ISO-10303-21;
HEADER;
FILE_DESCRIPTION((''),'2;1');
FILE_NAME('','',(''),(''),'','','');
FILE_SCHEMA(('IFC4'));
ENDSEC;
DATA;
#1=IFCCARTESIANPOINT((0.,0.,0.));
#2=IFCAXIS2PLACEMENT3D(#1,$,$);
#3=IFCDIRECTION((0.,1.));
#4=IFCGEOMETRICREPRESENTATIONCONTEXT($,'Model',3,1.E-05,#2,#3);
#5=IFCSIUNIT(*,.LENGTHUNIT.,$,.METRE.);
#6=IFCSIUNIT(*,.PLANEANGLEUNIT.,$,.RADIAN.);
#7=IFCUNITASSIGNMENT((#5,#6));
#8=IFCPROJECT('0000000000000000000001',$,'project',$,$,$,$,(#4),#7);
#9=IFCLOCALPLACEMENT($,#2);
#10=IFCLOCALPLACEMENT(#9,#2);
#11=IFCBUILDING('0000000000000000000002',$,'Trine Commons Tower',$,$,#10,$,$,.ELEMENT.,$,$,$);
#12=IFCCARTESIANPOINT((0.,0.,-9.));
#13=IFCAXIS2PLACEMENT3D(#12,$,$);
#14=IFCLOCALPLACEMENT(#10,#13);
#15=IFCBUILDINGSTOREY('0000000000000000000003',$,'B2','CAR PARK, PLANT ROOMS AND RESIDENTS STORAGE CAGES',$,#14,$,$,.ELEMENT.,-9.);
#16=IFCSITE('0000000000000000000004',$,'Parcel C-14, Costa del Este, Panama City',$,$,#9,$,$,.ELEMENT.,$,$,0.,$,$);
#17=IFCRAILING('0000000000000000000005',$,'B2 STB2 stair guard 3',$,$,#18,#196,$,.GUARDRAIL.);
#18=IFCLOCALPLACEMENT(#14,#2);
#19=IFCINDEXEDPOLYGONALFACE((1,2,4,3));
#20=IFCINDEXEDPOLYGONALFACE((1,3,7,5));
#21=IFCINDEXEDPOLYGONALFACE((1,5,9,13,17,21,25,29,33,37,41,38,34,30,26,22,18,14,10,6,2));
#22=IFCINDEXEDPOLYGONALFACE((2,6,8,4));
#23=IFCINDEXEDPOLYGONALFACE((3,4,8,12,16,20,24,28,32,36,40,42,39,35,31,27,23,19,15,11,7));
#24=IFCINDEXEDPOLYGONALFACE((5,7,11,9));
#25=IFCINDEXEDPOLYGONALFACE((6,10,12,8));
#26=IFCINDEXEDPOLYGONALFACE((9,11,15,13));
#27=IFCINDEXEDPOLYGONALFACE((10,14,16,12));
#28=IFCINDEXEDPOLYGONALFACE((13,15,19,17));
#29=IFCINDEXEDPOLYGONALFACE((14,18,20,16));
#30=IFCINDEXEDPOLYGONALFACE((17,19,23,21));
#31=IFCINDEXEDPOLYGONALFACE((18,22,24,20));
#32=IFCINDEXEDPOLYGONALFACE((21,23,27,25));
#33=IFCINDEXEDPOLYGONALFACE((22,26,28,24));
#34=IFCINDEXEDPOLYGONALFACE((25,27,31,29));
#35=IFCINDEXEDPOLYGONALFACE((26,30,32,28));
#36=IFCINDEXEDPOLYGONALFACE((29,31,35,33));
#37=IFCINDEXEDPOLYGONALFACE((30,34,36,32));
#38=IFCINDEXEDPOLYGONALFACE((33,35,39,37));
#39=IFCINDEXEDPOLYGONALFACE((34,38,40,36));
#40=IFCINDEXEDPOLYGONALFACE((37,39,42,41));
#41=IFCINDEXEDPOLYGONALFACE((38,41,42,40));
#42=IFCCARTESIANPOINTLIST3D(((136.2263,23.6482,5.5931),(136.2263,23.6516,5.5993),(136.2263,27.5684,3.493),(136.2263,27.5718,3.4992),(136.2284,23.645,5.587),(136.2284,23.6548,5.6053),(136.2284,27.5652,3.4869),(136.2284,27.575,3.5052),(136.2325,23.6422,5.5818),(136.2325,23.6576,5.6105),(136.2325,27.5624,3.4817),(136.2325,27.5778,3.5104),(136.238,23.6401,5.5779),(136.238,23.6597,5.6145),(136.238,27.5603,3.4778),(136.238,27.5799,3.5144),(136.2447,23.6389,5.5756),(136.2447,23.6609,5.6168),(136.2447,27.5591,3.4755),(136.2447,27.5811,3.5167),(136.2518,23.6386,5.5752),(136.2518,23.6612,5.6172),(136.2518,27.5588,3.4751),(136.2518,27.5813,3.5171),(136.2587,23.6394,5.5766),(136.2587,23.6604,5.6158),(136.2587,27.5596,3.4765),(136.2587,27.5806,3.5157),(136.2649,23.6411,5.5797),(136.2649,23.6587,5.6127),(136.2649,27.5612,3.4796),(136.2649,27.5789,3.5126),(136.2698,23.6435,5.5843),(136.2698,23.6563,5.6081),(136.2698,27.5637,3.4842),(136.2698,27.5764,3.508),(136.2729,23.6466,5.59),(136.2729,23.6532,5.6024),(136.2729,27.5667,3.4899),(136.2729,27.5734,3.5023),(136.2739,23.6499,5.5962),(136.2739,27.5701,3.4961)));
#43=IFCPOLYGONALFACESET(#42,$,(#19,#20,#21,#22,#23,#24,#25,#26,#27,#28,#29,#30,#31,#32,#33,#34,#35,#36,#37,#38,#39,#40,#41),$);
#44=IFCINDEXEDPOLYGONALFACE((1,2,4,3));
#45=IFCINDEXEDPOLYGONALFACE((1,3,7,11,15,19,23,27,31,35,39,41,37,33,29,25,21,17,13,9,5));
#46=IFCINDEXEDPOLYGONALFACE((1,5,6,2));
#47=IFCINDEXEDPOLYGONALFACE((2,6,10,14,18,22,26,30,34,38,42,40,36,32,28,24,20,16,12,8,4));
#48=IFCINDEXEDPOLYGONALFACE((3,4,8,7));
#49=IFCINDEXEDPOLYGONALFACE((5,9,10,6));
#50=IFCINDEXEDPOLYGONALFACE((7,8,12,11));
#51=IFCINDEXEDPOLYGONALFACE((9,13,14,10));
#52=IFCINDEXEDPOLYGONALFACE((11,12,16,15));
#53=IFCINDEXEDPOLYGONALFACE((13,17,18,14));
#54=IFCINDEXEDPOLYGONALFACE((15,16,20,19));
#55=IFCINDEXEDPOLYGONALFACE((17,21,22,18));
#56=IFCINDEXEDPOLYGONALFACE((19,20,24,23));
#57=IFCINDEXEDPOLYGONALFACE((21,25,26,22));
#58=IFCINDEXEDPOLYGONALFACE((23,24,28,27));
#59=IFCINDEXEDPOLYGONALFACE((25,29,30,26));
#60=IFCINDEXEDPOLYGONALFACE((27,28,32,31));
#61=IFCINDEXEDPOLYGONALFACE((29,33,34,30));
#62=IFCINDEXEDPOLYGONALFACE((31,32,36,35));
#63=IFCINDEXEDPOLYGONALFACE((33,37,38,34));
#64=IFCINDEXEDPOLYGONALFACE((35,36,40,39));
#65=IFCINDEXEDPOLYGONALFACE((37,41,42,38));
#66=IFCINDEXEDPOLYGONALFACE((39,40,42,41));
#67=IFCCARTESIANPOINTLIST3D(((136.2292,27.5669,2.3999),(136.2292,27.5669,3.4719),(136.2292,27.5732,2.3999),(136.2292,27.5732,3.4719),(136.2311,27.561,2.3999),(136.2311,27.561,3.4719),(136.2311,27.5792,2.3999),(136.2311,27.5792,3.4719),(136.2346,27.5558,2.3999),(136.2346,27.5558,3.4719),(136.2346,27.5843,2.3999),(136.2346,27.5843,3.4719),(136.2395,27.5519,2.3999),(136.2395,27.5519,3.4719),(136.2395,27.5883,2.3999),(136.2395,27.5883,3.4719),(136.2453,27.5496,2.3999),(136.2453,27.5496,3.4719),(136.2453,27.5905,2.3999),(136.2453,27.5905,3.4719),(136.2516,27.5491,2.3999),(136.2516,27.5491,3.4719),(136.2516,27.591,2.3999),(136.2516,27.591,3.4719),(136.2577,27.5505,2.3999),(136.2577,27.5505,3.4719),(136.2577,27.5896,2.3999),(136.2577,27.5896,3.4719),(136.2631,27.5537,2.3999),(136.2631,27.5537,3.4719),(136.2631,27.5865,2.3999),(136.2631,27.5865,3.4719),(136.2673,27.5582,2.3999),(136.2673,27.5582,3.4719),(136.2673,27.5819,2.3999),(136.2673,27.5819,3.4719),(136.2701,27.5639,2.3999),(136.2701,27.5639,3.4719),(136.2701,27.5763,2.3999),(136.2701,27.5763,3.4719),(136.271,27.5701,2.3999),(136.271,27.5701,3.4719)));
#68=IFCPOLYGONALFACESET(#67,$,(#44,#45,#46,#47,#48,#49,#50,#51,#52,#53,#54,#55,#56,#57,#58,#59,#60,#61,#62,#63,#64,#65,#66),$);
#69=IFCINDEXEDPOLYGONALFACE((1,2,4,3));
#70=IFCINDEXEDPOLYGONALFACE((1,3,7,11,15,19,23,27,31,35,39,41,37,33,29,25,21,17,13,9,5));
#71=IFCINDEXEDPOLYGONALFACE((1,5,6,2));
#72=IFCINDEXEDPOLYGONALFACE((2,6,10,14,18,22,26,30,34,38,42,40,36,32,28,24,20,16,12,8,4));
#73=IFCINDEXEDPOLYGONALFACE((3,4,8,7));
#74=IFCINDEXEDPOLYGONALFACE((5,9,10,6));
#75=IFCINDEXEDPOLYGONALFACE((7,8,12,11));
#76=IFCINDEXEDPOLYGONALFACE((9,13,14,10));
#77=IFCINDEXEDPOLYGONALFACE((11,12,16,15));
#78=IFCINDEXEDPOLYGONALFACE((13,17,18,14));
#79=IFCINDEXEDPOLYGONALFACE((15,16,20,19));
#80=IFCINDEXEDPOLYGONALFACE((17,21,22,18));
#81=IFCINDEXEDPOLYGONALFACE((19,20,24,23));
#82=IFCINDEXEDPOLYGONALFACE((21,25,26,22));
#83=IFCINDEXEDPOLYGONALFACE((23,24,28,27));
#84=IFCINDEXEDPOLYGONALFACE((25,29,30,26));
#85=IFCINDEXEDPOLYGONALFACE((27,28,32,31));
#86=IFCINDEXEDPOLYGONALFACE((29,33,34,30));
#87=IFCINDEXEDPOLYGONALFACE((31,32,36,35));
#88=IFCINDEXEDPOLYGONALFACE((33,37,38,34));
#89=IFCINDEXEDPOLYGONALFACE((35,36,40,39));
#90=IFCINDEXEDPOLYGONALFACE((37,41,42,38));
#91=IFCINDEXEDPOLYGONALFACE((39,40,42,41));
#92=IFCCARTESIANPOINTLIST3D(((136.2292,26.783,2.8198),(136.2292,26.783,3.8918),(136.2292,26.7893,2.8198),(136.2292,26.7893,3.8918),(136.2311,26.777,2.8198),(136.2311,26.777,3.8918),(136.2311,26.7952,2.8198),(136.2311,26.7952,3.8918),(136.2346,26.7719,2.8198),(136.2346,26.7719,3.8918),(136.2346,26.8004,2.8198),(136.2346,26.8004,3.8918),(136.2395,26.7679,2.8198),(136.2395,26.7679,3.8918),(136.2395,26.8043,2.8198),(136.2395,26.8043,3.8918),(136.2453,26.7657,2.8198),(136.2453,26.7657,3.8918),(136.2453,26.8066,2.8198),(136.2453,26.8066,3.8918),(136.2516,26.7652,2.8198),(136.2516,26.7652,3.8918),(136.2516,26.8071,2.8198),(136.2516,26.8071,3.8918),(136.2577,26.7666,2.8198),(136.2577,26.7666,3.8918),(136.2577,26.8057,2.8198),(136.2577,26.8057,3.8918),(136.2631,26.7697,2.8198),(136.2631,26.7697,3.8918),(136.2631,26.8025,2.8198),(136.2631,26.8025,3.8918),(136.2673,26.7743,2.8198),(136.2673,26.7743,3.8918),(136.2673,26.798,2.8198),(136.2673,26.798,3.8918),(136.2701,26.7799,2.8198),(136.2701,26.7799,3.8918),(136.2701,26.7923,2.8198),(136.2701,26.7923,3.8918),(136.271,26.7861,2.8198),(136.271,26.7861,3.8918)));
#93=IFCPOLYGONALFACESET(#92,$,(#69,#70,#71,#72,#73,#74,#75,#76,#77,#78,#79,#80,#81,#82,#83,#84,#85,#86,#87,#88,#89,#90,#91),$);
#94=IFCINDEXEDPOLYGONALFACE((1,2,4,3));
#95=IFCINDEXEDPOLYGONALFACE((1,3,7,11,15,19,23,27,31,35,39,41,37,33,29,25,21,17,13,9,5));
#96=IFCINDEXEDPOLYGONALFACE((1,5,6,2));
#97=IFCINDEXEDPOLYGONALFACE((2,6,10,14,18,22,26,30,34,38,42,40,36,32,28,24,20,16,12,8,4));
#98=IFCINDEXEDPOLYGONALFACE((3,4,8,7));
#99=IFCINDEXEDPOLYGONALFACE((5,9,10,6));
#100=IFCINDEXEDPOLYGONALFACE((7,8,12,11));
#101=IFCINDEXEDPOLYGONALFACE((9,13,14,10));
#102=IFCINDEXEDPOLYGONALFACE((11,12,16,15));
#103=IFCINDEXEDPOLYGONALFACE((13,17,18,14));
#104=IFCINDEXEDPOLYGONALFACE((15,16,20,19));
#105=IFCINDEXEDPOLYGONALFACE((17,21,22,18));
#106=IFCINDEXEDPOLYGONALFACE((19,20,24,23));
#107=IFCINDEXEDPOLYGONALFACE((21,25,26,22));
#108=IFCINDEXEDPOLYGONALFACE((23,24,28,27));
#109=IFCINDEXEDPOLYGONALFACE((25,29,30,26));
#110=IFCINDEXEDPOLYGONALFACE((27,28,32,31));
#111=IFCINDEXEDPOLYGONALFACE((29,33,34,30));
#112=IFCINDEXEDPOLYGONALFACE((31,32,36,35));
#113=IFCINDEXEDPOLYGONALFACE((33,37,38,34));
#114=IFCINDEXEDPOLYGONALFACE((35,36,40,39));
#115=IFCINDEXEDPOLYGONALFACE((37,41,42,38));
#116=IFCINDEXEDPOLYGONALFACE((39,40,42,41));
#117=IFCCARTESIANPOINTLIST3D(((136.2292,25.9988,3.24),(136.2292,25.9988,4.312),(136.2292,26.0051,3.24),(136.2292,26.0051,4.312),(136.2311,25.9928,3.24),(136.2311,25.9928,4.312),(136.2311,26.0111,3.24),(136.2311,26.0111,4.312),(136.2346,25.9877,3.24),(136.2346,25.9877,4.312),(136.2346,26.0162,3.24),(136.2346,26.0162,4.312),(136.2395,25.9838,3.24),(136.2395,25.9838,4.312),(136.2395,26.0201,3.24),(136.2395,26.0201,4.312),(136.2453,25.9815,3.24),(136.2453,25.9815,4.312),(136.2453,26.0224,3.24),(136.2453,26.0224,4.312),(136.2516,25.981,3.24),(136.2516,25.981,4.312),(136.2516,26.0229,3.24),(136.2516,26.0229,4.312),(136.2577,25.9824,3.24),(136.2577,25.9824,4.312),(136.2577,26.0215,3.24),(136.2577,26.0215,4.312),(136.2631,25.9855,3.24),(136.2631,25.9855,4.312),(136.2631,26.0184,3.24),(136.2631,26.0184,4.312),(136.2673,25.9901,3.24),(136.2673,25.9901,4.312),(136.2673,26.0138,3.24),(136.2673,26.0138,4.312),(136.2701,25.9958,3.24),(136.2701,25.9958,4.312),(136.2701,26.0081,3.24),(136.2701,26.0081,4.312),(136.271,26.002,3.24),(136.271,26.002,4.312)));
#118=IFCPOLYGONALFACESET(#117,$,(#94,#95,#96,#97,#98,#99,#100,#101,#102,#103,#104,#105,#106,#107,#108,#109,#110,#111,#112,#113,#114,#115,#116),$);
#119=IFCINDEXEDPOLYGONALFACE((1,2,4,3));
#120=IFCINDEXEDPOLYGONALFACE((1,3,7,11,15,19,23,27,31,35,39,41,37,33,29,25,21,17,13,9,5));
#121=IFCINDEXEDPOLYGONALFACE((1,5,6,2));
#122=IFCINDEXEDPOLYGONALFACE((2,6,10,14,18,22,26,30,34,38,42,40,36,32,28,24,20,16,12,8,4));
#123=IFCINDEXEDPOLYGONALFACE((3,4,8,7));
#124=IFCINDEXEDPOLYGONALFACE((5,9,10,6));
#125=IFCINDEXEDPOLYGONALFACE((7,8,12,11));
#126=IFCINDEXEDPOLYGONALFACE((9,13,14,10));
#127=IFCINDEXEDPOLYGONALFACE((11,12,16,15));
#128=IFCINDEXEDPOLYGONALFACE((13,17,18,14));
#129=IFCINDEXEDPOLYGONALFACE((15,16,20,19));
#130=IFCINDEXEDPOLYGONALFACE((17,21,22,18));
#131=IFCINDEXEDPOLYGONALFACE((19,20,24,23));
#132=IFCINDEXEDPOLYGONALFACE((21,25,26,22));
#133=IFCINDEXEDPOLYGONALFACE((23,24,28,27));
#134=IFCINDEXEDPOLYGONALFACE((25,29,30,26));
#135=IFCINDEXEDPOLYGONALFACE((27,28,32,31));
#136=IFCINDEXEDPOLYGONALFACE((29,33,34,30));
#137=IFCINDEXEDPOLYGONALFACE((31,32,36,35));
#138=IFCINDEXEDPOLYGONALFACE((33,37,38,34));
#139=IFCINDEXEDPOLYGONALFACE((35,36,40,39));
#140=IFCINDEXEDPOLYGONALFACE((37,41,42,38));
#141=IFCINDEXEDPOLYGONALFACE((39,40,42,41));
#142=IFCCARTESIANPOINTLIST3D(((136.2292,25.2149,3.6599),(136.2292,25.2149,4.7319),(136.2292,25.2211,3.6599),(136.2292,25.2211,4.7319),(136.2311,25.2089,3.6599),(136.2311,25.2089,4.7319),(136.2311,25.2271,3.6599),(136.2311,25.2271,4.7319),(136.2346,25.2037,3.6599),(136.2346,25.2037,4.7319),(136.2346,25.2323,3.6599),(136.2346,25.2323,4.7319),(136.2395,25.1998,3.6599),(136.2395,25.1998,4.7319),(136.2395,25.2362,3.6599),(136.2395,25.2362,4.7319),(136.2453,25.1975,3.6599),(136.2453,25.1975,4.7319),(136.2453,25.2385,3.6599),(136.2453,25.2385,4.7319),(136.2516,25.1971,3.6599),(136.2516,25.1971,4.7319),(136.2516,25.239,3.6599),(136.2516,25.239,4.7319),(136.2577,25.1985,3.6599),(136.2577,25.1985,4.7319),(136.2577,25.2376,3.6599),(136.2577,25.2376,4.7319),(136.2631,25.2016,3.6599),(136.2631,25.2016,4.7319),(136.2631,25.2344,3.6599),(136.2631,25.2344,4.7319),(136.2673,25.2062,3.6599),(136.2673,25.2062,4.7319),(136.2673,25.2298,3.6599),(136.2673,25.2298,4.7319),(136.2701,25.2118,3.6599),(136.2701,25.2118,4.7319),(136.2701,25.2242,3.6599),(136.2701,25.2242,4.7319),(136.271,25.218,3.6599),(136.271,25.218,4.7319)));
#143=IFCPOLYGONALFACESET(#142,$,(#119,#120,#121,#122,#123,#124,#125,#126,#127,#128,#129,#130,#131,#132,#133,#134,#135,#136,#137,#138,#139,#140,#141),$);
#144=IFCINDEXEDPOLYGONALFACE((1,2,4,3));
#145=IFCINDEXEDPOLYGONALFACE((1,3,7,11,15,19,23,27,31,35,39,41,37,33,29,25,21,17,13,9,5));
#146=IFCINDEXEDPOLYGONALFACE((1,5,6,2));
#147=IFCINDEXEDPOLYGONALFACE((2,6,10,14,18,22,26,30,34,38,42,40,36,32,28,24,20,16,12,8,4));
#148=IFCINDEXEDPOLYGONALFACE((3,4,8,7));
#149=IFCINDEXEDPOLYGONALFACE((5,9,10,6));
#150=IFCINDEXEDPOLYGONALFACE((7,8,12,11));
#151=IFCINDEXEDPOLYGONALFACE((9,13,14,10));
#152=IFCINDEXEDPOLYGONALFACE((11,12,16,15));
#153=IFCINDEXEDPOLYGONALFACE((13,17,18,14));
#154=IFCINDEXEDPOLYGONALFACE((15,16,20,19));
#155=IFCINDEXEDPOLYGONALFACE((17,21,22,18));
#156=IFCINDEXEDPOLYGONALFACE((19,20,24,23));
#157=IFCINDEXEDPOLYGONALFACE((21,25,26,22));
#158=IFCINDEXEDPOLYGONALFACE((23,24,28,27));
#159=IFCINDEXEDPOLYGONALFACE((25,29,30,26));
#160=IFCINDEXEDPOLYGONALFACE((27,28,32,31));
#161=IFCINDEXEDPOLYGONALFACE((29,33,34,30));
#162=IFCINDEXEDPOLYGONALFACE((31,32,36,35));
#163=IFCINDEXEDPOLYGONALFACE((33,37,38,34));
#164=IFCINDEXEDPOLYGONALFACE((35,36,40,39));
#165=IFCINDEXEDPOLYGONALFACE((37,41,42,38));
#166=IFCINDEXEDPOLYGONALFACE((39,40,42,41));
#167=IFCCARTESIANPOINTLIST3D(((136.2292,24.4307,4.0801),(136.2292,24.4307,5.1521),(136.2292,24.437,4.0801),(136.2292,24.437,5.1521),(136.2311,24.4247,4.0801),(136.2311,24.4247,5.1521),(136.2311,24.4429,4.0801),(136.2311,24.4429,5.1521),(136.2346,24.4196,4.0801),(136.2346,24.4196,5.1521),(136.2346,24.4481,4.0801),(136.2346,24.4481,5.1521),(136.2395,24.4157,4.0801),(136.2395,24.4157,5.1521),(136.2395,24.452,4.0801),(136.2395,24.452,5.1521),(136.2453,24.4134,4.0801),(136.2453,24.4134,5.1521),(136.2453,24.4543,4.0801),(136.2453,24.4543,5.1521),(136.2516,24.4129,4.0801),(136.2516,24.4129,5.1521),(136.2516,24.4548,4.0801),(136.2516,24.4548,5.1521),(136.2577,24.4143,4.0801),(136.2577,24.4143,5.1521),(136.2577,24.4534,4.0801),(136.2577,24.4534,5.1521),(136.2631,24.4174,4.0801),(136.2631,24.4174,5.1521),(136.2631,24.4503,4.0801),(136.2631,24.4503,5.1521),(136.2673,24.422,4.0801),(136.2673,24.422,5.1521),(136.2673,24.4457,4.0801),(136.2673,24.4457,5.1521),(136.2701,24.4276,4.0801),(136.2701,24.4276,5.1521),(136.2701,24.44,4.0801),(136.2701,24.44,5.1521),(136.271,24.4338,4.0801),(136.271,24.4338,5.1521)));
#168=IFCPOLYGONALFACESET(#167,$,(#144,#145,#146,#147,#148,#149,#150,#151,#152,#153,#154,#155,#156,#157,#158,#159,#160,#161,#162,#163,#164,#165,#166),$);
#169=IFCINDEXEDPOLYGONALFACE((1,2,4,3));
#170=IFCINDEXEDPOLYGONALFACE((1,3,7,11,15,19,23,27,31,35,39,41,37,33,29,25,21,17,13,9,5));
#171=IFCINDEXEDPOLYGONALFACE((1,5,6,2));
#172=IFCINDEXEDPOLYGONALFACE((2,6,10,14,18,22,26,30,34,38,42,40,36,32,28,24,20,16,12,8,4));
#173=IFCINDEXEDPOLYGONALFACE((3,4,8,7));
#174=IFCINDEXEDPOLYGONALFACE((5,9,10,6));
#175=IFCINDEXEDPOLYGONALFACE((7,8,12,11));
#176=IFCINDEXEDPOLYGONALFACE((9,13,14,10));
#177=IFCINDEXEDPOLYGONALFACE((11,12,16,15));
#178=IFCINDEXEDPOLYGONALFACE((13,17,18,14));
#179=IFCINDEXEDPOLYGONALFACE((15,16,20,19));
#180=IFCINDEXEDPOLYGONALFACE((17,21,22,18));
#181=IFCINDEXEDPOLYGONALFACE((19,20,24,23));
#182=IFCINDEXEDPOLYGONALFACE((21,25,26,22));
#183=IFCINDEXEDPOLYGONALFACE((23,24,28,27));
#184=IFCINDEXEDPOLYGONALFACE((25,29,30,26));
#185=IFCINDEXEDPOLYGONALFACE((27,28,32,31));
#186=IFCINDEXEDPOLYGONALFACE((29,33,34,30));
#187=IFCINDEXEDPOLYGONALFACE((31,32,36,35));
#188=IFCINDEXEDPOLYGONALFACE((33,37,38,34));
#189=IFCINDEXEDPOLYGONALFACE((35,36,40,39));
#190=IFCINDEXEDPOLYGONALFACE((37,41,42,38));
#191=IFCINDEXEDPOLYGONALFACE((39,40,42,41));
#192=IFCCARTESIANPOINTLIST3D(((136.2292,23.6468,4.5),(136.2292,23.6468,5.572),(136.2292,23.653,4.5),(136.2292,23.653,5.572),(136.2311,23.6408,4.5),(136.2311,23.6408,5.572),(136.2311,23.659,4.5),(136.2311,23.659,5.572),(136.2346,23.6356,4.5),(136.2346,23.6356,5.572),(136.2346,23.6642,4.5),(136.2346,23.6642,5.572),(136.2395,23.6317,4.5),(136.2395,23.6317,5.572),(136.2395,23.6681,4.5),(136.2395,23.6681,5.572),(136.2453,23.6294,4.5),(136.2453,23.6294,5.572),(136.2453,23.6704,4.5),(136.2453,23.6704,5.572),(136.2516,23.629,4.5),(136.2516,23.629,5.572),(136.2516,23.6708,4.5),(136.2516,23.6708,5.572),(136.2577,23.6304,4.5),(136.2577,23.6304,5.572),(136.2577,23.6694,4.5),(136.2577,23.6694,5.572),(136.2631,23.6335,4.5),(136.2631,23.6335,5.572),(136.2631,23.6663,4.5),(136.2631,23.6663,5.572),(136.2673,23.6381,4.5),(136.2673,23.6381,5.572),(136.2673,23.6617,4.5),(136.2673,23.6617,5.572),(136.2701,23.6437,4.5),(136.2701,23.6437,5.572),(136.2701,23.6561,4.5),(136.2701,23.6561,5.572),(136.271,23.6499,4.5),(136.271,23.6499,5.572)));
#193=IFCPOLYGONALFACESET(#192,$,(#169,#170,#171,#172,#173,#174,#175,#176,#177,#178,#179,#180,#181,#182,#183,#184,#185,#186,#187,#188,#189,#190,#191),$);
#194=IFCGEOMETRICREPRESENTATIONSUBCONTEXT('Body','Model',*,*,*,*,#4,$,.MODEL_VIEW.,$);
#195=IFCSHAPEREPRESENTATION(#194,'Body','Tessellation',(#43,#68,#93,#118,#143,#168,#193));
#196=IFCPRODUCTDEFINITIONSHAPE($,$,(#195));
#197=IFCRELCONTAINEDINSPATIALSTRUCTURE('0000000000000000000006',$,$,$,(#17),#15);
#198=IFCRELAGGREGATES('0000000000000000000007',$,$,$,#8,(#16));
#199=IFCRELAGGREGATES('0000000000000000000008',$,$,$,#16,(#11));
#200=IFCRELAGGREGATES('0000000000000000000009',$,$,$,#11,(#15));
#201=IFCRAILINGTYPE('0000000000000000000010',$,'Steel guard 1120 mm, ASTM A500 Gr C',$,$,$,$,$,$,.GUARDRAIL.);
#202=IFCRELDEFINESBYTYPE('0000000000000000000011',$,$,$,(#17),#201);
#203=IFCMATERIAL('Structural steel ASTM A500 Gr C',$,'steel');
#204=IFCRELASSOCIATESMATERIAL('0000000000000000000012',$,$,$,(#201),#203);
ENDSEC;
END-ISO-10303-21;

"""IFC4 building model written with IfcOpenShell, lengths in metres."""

from ifc_helpers import new_model, si_unit, direction, frame, origin, origin_2d, place, context, subcontext, project, spatial, circle, extrude, material, type_object, element, save


model = new_model("IFC4")

# Units and contexts
model_context = context("Model", 3, precision=1e-05, world=origin(), true_north=direction((0.0, 1.0)))
body_context = subcontext(model_context, "Body", "Model", "MODEL_VIEW")
ifc_project = project(units=[si_unit("LENGTHUNIT", "METRE"), si_unit("PLANEANGLEUNIT", "RADIAN")], contexts=[model_context])

# Site, building, storey
site_placement = place(None, origin())
site = spatial("IfcSite", under=ifc_project, at=site_placement, Name="Parcel C-14, Costa del Este, Panama City", CompositionType="ELEMENT", RefElevation=0.0)
building_placement = place(site_placement, origin())
building = spatial("IfcBuilding", under=site, at=building_placement, Name="Trine Commons Tower", CompositionType="ELEMENT")
storey_placement = place(building_placement, frame((0.0, 0.0, -9.0)))
storey = spatial("IfcBuildingStorey", under=building, at=storey_placement, Name="B2", Description="CAR PARK, PLANT ROOMS AND RESIDENTS STORAGE CAGES", CompositionType="ELEMENT", Elevation=-9.0)

# Railing
ifc_material_1 = material(Name="Structural steel ASTM A500 Gr C", Category="steel")
railing_type_1 = type_object("IfcRailingType", Name="Steel guard 1120 mm, ASTM A500 Gr C", PredefinedType="GUARDRAIL", material=ifc_material_1)
railing_1_placement = place(storey_placement, frame((136.25, 27.5701, 2.3999)))
element("IfcRailing", 1, at=railing_1_placement, inside=storey, type_object=railing_type_1, Name="B2 STB2 stair guard 3", PredefinedType="GUARDRAIL", context=body_context, shape_type="SweptSolid", body=[
    extrude(circle(Radius=0.0239, at=origin_2d()), frame((0.0, 0.0, 1.0962), z_axis=(0.0, -0.881479, 0.472223), x_axis=(1.0, 0.0, 0.0)), (0.0, 0.0, 1.0), 4.4473),
    extrude(circle(Radius=0.021, at=origin_2d()), origin(), (0.0, 0.0, 1.0), 1.072),
    extrude(circle(Radius=0.021, at=origin_2d()), frame((0.0, -0.7839, 0.4199)), (0.0, 0.0, 1.0), 1.072),
    extrude(circle(Radius=0.021, at=origin_2d()), frame((0.0, -1.5681, 0.8401)), (0.0, 0.0, 1.0), 1.072),
    extrude(circle(Radius=0.021, at=origin_2d()), frame((0.0, -2.3521, 1.26)), (0.0, 0.0, 1.0), 1.072),
    extrude(circle(Radius=0.021, at=origin_2d()), frame((0.0, -3.1362, 1.6802)), (0.0, 0.0, 1.0), 1.072),
    extrude(circle(Radius=0.021, at=origin_2d()), frame((0.0, -3.9202, 2.1001)), (0.0, 0.0, 1.0), 1.072),
])

save(model, "model.ifc")
